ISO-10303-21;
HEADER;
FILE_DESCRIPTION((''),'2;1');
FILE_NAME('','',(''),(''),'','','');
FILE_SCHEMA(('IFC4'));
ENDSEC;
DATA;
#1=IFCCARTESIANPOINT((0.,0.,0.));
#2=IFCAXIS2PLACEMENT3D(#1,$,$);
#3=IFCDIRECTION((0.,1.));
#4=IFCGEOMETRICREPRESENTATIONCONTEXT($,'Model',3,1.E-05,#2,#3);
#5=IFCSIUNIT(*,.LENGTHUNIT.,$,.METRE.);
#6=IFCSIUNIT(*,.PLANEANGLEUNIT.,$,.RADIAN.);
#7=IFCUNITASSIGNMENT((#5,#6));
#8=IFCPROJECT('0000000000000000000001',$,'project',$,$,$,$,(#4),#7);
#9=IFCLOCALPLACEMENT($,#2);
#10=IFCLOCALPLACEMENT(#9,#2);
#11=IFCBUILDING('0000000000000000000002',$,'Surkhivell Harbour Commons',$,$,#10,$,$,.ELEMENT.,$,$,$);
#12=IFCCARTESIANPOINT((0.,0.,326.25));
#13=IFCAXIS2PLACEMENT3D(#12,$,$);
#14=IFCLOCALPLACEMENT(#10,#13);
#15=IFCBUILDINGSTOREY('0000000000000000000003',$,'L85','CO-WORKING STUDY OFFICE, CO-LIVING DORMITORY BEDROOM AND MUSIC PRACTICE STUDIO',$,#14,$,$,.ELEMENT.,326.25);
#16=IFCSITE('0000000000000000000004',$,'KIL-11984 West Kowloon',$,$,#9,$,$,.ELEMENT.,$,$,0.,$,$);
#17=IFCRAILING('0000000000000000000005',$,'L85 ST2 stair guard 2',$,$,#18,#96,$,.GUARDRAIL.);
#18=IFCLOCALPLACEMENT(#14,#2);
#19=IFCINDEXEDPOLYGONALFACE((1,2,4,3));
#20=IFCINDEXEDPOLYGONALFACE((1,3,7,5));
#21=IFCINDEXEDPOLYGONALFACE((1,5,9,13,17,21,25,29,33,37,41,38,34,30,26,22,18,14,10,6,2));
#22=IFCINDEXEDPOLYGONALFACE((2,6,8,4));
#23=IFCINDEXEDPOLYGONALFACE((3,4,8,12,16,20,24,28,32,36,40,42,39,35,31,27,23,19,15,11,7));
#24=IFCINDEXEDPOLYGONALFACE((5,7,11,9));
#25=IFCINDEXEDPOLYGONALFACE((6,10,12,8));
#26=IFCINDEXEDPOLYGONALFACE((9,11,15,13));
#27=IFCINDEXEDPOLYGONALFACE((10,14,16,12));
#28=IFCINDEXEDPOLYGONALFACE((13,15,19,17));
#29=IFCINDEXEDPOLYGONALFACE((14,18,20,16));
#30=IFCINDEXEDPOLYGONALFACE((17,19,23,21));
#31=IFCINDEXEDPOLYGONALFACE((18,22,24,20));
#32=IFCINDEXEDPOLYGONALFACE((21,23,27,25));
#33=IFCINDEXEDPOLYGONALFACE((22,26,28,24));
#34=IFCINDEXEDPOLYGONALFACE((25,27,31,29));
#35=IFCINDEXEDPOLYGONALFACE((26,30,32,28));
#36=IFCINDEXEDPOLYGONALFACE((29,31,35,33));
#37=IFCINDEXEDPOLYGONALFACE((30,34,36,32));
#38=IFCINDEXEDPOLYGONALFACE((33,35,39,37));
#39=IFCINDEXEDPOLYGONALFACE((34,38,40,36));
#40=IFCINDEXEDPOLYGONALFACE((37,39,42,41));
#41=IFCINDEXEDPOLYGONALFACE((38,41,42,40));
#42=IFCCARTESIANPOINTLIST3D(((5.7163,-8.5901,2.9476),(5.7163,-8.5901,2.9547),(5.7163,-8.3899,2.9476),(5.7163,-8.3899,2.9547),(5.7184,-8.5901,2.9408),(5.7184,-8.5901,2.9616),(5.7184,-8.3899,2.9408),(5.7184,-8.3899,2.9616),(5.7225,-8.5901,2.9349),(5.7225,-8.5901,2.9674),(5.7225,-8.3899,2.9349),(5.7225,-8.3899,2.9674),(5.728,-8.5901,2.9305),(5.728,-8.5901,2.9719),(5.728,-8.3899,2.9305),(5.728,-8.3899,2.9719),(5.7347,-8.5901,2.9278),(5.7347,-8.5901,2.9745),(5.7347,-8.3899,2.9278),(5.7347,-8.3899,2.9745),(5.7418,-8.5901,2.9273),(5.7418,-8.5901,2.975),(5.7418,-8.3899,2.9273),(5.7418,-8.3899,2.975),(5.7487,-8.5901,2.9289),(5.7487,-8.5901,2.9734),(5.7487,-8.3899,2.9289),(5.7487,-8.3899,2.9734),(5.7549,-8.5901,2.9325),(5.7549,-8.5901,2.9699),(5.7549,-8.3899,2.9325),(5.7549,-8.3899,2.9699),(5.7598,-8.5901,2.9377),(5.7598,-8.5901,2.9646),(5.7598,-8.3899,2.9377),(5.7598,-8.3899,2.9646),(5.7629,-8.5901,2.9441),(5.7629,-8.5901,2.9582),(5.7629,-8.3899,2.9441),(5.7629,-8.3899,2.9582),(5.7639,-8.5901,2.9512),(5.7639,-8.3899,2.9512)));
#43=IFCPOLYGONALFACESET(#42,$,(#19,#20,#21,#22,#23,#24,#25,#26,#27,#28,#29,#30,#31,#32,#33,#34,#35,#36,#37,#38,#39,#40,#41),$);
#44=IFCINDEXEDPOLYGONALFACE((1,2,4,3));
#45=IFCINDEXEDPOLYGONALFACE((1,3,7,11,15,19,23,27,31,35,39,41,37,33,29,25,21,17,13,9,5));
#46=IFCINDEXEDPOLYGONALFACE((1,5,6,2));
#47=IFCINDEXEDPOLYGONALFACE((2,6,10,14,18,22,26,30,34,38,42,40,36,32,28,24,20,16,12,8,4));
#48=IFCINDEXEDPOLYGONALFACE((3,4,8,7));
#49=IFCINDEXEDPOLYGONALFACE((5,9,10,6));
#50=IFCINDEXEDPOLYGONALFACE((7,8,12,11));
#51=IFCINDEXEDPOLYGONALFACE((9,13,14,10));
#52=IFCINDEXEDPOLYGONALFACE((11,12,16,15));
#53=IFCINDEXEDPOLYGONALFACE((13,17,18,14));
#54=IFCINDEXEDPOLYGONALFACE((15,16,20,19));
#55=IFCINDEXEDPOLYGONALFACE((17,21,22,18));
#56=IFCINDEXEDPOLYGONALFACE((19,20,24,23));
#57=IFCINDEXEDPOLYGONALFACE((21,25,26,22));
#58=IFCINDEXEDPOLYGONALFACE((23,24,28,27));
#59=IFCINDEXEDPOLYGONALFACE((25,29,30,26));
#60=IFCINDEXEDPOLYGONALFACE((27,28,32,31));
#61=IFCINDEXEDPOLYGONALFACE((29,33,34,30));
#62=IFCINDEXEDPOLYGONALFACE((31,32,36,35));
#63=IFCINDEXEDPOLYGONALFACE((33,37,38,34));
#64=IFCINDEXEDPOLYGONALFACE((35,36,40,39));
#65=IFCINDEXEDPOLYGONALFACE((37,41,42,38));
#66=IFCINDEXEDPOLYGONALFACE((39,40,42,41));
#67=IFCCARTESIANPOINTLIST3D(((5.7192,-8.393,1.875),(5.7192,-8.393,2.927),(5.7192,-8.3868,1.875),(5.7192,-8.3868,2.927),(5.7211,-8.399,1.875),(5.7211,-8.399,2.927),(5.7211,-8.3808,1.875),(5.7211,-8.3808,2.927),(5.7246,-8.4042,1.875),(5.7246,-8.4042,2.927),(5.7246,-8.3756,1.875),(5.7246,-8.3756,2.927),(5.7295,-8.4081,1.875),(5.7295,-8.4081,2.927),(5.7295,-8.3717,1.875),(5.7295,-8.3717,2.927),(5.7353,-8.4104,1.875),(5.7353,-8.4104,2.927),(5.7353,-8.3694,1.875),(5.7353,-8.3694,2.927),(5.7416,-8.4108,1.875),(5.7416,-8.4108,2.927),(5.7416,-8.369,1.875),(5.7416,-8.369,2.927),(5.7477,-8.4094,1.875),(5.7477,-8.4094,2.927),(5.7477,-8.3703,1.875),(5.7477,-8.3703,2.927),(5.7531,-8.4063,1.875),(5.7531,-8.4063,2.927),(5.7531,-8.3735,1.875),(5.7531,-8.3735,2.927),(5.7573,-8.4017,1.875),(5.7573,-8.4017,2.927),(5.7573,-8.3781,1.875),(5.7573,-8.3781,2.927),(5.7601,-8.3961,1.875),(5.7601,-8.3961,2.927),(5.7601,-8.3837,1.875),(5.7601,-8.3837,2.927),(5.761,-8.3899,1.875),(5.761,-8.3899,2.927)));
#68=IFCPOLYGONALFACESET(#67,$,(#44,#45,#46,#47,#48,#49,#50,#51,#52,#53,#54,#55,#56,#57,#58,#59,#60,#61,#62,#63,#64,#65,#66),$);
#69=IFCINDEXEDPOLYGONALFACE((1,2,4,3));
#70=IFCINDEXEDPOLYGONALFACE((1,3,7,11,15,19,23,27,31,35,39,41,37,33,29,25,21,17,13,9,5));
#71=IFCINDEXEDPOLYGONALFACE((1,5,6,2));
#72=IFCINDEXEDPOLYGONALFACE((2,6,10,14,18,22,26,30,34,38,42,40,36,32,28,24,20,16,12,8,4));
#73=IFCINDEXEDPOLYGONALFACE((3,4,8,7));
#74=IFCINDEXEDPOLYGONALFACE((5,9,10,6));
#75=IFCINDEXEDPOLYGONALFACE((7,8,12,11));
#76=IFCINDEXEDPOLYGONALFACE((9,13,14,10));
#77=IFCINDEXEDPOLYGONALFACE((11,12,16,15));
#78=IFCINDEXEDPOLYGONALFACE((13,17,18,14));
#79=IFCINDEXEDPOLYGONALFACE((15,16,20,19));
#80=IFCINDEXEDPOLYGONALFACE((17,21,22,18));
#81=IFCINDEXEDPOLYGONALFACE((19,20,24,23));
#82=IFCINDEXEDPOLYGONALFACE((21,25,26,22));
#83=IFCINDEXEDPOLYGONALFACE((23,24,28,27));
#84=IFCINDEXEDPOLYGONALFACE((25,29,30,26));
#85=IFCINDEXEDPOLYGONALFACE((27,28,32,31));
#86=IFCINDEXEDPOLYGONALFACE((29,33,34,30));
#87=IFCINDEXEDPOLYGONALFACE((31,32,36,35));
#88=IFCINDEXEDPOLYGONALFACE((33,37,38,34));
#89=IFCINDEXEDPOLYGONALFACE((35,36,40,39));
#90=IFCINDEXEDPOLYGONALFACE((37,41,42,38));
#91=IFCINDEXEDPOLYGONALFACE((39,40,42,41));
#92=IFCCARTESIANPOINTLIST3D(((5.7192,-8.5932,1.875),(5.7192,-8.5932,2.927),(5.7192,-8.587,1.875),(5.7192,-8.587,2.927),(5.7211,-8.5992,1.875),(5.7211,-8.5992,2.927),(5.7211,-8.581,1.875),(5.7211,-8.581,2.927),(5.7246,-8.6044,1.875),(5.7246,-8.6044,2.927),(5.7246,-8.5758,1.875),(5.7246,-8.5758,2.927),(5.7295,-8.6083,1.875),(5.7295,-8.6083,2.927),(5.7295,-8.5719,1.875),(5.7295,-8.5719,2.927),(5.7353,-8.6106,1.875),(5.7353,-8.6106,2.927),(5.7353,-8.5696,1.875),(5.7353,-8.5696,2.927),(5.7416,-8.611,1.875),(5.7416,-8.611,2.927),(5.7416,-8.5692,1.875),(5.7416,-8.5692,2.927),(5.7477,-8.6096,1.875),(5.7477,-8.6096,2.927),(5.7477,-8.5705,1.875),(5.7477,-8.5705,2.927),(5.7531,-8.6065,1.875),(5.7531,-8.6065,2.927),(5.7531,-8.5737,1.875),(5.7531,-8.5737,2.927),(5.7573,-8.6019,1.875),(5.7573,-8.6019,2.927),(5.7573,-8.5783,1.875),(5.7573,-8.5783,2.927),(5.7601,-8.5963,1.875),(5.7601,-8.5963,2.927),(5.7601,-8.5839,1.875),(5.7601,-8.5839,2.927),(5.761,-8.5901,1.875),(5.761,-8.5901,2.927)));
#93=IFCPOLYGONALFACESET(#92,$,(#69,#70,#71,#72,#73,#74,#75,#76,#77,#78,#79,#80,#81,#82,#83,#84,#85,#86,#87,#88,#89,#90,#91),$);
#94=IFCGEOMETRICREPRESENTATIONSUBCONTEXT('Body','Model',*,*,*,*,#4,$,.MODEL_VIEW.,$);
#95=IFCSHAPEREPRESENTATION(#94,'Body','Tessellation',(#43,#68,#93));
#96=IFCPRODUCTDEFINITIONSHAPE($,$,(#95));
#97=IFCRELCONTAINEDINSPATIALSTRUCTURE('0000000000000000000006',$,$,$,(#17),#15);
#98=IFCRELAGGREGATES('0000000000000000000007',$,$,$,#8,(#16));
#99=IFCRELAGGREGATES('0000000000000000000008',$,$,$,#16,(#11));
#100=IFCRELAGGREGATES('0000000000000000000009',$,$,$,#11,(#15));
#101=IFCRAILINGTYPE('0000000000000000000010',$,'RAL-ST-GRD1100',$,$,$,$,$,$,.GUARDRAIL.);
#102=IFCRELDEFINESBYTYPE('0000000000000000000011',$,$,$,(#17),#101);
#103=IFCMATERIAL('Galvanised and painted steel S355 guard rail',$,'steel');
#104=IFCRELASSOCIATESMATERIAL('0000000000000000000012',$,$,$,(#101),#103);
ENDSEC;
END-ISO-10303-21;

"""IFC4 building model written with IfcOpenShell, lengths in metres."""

from ifc_helpers import new_model, si_unit, direction, frame, origin, origin_2d, place, context, subcontext, project, spatial, circle, extrude, material, type_object, element, save


model = new_model("IFC4")

# Units and contexts
model_context = context("Model", 3, precision=1e-05, world=origin(), true_north=direction((0.0, 1.0)))
body_context = subcontext(model_context, "Body", "Model", "MODEL_VIEW")
ifc_project = project(units=[si_unit("LENGTHUNIT", "METRE"), si_unit("PLANEANGLEUNIT", "RADIAN")], contexts=[model_context])

# Site, building, storey
site_placement = place(None, origin())
site = spatial("IfcSite", under=ifc_project, at=site_placement, Name="KIL-11984 West Kowloon", CompositionType="ELEMENT", RefElevation=0.0)
building_placement = place(site_placement, origin())
building = spatial("IfcBuilding", under=site, at=building_placement, Name="Surkhivell Harbour Commons", CompositionType="ELEMENT")
storey_placement = place(building_placement, frame((0.0, 0.0, 326.25)))
storey = spatial("IfcBuildingStorey", under=building, at=storey_placement, Name="L85", Description="CO-WORKING STUDY OFFICE, CO-LIVING DORMITORY BEDROOM AND MUSIC PRACTICE STUDIO", CompositionType="ELEMENT", Elevation=326.25)

# Railing
ifc_material_1 = material(Name="Galvanised and painted steel S355 guard rail", Category="steel")
railing_type_1 = type_object("IfcRailingType", Name="RAL-ST-GRD1100", PredefinedType="GUARDRAIL", material=ifc_material_1)
railing_1_placement = place(storey_placement, frame((5.74, -8.3899, 1.875)))
element("IfcRailing", 1, at=railing_1_placement, inside=storey, type_object=railing_type_1, Name="L85 ST2 stair guard 2", PredefinedType="GUARDRAIL", context=body_context, shape_type="SweptSolid", body=[
    extrude(circle(Radius=0.0239, at=origin_2d()), frame((0.0, 0.0, 1.0762), z_axis=(0.0, -1.0, 0.0), x_axis=(1.0, 0.0, 0.0)), (0.0, 0.0, 1.0), 0.2002),
    extrude(circle(Radius=0.021, at=origin_2d()), origin(), (0.0, 0.0, 1.0), 1.052),
    extrude(circle(Radius=0.021, at=origin_2d()), frame((0.0, -0.2002, 0.0)), (0.0, 0.0, 1.0), 1.052),
])

save(model, "model.ifc")
